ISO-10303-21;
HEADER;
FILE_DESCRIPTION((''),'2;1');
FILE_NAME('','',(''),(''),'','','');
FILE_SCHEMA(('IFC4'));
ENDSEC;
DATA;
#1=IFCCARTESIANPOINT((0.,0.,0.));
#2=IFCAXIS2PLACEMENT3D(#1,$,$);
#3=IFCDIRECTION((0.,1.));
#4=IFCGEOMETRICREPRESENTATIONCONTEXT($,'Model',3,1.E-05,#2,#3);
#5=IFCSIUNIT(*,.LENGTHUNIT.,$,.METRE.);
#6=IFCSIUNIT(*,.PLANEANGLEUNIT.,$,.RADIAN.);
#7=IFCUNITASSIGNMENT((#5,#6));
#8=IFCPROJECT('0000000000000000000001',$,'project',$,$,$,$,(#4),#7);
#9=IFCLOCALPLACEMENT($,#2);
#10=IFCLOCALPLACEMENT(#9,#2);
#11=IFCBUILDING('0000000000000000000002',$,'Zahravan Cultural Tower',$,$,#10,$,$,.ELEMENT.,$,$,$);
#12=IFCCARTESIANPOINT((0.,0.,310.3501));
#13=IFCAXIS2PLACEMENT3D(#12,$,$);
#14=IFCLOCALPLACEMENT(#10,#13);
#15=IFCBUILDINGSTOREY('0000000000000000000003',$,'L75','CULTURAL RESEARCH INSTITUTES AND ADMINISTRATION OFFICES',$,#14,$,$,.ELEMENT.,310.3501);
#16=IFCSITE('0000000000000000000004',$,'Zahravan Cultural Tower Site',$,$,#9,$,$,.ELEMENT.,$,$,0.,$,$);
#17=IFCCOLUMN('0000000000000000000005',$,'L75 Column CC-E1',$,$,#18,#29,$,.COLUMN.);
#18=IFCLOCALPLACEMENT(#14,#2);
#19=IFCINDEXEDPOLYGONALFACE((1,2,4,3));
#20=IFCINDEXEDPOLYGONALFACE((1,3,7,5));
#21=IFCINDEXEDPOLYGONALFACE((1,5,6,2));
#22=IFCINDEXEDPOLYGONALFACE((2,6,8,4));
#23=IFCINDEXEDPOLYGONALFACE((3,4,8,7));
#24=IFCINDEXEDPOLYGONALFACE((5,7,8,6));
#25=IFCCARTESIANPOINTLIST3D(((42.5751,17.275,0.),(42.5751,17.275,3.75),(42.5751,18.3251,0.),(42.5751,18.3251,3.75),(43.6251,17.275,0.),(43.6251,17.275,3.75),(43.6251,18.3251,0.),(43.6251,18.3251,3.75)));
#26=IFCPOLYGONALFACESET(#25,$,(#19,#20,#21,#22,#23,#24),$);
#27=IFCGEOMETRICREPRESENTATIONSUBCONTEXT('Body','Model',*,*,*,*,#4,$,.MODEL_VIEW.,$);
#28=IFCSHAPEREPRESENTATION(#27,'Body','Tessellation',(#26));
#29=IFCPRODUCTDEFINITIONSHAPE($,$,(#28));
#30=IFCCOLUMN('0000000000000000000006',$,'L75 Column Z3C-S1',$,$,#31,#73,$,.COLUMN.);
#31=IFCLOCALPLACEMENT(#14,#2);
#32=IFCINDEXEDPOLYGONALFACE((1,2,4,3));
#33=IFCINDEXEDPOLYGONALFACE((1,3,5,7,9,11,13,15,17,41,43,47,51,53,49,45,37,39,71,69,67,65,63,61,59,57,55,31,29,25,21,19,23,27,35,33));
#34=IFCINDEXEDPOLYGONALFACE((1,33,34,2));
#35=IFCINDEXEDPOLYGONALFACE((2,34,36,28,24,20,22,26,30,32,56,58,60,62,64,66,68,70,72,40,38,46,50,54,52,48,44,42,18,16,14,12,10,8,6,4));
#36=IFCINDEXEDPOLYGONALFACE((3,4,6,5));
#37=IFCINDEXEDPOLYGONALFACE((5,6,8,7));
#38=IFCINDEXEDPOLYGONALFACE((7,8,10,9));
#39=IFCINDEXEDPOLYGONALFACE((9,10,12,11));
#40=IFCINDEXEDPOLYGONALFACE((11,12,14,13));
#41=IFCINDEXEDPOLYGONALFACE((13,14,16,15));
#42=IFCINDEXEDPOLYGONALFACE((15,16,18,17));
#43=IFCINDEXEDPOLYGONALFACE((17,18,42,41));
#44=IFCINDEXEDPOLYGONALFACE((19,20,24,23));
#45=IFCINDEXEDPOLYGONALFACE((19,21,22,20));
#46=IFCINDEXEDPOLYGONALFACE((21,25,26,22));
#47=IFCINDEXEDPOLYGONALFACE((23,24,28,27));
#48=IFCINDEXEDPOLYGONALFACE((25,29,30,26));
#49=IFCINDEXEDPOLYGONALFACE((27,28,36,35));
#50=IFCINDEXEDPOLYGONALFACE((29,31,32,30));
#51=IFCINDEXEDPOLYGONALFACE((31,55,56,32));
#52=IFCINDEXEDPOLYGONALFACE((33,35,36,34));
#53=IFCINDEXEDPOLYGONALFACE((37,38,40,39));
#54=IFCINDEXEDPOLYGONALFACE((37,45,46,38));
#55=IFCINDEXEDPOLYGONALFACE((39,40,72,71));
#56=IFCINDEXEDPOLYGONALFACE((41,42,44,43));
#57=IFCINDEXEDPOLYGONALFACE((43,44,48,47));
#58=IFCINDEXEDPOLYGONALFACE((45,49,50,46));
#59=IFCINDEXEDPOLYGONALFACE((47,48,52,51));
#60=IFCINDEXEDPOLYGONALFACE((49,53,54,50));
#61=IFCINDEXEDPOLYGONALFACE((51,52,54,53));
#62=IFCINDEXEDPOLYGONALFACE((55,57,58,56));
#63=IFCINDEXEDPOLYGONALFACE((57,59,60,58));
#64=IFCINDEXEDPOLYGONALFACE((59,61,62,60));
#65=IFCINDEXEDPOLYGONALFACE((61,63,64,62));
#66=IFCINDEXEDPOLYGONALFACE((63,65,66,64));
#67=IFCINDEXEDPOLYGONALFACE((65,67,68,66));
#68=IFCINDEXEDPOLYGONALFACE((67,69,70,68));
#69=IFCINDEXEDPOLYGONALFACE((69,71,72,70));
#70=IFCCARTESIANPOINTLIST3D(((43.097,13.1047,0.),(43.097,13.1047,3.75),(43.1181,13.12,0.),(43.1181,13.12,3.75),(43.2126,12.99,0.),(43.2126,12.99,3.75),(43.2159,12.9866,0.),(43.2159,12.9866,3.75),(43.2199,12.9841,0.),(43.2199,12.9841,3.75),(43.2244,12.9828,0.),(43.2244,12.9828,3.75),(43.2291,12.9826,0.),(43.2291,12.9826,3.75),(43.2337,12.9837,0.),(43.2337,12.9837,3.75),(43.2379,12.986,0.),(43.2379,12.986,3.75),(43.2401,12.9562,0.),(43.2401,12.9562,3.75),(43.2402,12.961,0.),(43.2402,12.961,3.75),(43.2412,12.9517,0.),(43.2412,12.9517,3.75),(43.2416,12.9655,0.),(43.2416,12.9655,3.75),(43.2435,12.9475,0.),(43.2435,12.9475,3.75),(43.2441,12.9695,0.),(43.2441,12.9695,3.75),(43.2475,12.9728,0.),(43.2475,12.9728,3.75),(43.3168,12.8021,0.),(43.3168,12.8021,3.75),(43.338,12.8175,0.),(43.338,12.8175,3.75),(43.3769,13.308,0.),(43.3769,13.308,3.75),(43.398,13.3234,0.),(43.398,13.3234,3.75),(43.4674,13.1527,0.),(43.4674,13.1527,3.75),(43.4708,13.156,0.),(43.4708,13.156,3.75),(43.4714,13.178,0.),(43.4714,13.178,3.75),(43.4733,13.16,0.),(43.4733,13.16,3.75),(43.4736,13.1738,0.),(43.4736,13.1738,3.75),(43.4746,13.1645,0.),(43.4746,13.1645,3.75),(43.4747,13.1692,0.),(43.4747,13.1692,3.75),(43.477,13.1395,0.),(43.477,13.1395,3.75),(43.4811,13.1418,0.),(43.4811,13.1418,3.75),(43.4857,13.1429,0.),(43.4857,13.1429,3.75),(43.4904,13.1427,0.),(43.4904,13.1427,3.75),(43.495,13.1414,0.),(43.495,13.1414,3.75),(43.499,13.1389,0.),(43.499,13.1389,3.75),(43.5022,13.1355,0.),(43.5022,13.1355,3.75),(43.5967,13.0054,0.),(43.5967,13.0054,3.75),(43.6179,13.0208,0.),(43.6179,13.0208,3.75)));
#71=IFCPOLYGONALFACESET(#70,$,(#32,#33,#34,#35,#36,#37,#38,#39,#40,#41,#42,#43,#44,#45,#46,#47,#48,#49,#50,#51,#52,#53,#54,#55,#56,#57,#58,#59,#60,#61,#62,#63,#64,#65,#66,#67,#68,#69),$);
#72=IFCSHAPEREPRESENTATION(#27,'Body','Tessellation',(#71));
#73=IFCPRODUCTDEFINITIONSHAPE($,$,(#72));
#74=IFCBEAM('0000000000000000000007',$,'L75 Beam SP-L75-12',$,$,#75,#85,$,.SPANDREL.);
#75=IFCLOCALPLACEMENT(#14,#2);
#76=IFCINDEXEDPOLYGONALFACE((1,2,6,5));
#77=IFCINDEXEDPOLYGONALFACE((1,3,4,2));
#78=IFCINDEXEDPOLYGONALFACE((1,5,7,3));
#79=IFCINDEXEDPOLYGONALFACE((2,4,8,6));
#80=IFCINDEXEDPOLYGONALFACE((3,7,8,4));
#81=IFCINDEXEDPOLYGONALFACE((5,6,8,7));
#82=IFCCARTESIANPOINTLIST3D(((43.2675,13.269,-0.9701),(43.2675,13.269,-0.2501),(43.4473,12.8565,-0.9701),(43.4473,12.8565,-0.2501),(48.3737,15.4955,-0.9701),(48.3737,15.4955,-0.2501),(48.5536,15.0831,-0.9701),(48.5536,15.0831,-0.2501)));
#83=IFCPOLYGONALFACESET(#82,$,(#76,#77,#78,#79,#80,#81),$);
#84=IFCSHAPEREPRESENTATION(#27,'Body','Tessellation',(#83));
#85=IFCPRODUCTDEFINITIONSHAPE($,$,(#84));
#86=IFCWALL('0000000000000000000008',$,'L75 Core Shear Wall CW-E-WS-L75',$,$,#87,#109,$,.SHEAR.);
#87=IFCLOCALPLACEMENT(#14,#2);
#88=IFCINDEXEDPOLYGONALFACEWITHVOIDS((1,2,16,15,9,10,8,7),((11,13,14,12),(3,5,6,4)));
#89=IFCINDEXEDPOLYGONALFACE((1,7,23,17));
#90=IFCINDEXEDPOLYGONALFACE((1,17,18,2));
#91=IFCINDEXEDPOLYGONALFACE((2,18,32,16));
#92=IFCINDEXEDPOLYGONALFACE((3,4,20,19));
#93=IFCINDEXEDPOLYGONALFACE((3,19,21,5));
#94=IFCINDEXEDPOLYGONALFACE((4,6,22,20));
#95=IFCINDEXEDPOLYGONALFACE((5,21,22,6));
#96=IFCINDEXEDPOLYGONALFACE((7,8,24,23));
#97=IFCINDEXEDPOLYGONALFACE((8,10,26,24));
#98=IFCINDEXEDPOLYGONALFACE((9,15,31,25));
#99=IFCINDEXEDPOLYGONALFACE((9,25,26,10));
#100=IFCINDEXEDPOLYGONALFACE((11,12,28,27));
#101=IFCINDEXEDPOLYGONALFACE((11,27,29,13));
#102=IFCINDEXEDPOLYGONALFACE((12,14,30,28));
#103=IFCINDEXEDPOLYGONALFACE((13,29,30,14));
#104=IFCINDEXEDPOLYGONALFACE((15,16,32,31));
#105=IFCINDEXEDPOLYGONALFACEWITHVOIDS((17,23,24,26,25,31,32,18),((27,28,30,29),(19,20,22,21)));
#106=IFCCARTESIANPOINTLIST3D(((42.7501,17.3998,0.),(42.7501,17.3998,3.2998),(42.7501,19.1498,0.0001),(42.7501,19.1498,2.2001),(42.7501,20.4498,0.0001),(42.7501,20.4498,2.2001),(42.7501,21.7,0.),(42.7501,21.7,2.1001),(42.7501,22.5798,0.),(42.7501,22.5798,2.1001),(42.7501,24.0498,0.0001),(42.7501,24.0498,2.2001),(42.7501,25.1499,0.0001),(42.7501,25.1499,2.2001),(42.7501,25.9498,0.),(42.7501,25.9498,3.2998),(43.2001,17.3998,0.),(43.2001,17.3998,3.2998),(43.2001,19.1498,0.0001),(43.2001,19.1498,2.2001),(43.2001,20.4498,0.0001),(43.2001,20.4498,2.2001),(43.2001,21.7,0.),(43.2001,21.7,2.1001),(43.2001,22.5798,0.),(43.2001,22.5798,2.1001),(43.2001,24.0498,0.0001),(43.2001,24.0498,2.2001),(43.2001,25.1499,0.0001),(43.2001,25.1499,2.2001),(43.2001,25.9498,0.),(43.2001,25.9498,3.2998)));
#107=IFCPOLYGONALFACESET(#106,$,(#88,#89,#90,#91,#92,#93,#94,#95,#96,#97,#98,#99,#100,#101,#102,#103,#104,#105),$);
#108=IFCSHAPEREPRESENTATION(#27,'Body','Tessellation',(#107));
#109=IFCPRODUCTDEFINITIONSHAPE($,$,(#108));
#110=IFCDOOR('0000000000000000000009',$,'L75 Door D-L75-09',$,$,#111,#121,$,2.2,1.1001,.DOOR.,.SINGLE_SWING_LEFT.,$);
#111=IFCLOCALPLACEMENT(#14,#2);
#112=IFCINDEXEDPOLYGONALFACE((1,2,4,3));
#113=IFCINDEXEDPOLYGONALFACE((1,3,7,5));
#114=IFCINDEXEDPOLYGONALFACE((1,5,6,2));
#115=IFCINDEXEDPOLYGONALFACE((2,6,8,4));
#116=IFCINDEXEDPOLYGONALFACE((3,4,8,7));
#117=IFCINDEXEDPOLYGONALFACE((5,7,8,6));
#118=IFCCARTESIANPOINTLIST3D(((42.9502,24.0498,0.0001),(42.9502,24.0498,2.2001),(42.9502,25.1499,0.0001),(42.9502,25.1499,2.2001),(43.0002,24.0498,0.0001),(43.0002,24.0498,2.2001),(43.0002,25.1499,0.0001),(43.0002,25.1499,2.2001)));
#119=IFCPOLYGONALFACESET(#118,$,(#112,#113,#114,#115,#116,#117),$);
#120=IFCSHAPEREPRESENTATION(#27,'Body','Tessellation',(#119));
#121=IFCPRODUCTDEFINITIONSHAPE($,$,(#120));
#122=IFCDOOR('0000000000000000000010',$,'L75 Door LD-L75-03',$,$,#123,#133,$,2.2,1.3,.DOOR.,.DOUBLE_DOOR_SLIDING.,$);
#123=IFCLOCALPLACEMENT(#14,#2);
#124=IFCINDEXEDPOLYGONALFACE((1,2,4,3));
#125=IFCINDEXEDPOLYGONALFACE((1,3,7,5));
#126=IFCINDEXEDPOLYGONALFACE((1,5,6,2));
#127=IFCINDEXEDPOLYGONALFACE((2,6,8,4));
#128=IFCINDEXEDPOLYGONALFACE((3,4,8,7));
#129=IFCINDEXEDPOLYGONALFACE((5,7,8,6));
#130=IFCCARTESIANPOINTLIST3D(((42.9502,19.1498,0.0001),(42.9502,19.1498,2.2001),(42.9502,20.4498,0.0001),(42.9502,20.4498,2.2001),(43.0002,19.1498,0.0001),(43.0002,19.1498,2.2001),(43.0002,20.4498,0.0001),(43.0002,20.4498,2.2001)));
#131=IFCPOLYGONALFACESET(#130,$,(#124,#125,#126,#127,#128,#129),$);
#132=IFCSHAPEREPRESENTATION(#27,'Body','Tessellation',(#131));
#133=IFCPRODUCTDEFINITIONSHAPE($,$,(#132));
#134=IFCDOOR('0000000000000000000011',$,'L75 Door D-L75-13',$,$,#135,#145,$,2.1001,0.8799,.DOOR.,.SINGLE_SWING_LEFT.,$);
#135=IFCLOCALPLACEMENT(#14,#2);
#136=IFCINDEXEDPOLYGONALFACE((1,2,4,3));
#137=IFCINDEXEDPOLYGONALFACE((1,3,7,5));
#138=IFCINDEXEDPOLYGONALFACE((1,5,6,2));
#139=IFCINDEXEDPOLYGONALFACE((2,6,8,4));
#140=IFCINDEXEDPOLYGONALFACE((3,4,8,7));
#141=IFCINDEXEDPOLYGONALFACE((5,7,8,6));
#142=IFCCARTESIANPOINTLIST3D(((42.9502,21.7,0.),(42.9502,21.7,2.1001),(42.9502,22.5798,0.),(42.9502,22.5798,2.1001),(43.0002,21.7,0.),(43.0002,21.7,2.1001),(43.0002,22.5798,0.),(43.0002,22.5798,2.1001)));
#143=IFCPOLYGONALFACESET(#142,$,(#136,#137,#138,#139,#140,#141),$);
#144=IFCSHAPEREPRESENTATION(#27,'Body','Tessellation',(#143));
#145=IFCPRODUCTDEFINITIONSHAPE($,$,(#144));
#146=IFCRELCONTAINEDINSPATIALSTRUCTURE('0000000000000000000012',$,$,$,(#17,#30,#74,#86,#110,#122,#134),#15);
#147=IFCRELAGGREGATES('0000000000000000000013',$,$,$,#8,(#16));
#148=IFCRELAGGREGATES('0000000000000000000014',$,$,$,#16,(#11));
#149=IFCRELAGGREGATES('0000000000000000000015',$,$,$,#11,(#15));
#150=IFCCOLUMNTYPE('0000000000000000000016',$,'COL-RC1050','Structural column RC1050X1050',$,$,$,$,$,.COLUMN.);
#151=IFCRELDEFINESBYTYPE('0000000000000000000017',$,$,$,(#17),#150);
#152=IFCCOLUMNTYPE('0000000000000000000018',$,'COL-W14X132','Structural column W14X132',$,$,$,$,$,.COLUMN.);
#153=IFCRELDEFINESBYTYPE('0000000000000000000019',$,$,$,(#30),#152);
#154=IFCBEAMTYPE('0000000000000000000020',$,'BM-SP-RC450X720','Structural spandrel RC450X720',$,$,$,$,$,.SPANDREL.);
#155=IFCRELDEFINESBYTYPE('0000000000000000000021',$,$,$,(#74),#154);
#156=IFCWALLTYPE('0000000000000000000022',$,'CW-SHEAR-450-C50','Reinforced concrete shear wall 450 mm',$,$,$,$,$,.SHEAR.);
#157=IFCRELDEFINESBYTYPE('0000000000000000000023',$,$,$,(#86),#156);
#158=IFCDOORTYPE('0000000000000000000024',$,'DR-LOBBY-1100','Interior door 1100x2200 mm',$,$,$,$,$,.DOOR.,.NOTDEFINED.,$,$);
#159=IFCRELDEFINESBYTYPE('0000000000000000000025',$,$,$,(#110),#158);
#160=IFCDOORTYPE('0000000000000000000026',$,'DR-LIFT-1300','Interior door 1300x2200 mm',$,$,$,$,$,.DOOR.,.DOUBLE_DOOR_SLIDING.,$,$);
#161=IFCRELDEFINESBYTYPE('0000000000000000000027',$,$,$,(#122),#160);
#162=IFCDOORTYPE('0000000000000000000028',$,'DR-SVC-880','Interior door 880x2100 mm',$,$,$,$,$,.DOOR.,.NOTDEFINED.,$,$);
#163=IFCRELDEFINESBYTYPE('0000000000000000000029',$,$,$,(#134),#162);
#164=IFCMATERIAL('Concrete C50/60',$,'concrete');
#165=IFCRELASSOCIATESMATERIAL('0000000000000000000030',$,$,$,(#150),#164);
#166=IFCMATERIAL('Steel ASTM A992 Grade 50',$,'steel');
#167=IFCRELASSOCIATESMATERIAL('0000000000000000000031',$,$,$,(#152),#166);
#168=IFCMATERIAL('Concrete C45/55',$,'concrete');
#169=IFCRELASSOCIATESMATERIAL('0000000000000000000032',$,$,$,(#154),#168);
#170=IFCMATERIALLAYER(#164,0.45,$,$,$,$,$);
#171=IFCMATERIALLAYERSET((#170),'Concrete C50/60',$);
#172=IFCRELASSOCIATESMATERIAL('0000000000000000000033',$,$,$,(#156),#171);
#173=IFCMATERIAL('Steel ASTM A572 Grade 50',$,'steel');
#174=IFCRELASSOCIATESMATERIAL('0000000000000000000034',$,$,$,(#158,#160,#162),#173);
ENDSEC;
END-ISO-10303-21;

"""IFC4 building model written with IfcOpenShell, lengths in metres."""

from ifc_helpers import new_model, si_unit, direction, frame, frame_2d, origin, origin_2d, place, context, subcontext, project, spatial, rectangle, i_section, extrude, source, transform, mapped, material, layer, layer_set, material_profile, profile_set, type_object, element, fill, save


model = new_model("IFC4")

# Units and contexts
model_context = context("Model", 3, precision=1e-05, world=origin(), true_north=direction((0.0, 1.0)))
body_context = subcontext(model_context, "Body", "Model", "MODEL_VIEW")
ifc_project = project(units=[si_unit("LENGTHUNIT", "METRE"), si_unit("PLANEANGLEUNIT", "RADIAN")], contexts=[model_context])

# Site, building, storey
site_placement = place(None, origin())
site = spatial("IfcSite", under=ifc_project, at=site_placement, Name="Zahravan Cultural Tower Site", CompositionType="ELEMENT", RefElevation=0.0)
building_placement = place(site_placement, origin())
building = spatial("IfcBuilding", under=site, at=building_placement, Name="Zahravan Cultural Tower", CompositionType="ELEMENT")
storey_placement = place(building_placement, frame((0.0, 0.0, 310.3501)))
storey = spatial("IfcBuildingStorey", under=building, at=storey_placement, Name="L75", Description="CULTURAL RESEARCH INSTITUTES AND ADMINISTRATION OFFICES", CompositionType="ELEMENT", Elevation=310.3501)

# Columns
ifc_material_1 = material(Name="Concrete C50/60", Category="concrete")
ifc_material_profile_1 = material_profile(ifc_material_1, rectangle(XDim=1.05, YDim=1.05, at=origin_2d()), Name="RC1050X1050")
ifc_profile_set_1 = profile_set([ifc_material_profile_1], Name="Concrete C50/60")
column_type_1 = type_object("IfcColumnType", Name="COL-RC1050", Description="Structural column RC1050X1050", PredefinedType="COLUMN", material=ifc_profile_set_1)
shared_shape_1 = source(origin(), body_context, "Body", "SweptSolid", [
    extrude(rectangle(XDim=1.05, YDim=1.05, at=origin_2d()), origin(), (0.0, 0.0, 1.0), 3.75),
])
column_1_placement = place(storey_placement, frame((43.1001, 17.8, 0.0), z_axis=(0.0, 0.0, 1.0), x_axis=(1.0, 0.0, 0.0)))
element("IfcColumn", 1, at=column_1_placement, inside=storey, type_object=column_type_1, Name="L75 Column CC-E1", PredefinedType="COLUMN", context=body_context, shape_type="MappedRepresentation", body=[
    mapped(shared_shape_1, transform((0.0, 0.0, 0.0), x_axis=(1.0, 0.0, 0.0), y_axis=(0.0, 1.0, 0.0), z_axis=(0.0, 0.0, 1.0), scale=1.0)),
])
ifc_material_2 = material(Name="Steel ASTM A992 Grade 50", Category="steel")
ifc_material_profile_2 = material_profile(ifc_material_2, i_section(OverallWidth=0.374, OverallDepth=0.3721, WebThickness=0.0164, FlangeThickness=0.0261, FilletRadius=0.0181, at=origin_2d()), Name="W14X132")
ifc_profile_set_2 = profile_set([ifc_material_profile_2], Name="Steel ASTM A992 Grade 50")
column_type_2 = type_object("IfcColumnType", Name="COL-W14X132", Description="Structural column W14X132", PredefinedType="COLUMN", material=ifc_profile_set_2)
shared_shape_2 = source(origin(), body_context, "Body", "SweptSolid", [
    extrude(i_section(OverallWidth=0.374, OverallDepth=0.3721, WebThickness=0.0164, FlangeThickness=0.0261, FilletRadius=0.0181, at=origin_2d()), origin(), (0.0, 0.0, 1.0), 3.75),
])
column_2_placement = place(storey_placement, frame((43.3574, 13.0627, 0.0), z_axis=(0.0, 0.0, 1.0), x_axis=(-0.587785, 0.809017, 0.0)))
element("IfcColumn", 2, at=column_2_placement, inside=storey, type_object=column_type_2, Name="L75 Column Z3C-S1", PredefinedType="COLUMN", context=body_context, shape_type="MappedRepresentation", body=[
    mapped(shared_shape_2, transform((0.0, 0.0, 0.0), x_axis=(1.0, 0.0, 0.0), y_axis=(0.0, 1.0, 0.0), z_axis=(0.0, 0.0, 1.0), scale=1.0)),
])

# Beam
ifc_material_3 = material(Name="Concrete C45/55", Category="concrete")
ifc_material_profile_3 = material_profile(ifc_material_3, rectangle(XDim=0.45, YDim=0.72, at=origin_2d()), Name="RC450X720")
ifc_profile_set_3 = profile_set([ifc_material_profile_3], Name="Concrete C45/55")
beam_type = type_object("IfcBeamType", Name="BM-SP-RC450X720", Description="Structural spandrel RC450X720", PredefinedType="SPANDREL", material=ifc_profile_set_3)
shared_shape_3 = source(origin(), body_context, "Body", "SweptSolid", [
    extrude(rectangle(XDim=0.45, YDim=0.72, at=origin_2d()), origin(), (0.0, 0.0, 1.0), 5.5706),
])
beam_placement = place(storey_placement, frame((43.3574, 13.0627, -0.6101), z_axis=(0.916645, 0.399703, 0.0), x_axis=(-0.399703, 0.916645, 0.0)))
element("IfcBeam", 3, at=beam_placement, inside=storey, type_object=beam_type, Name="L75 Beam SP-L75-12", PredefinedType="SPANDREL", context=body_context, shape_type="MappedRepresentation", body=[
    mapped(shared_shape_3, transform((0.0, 0.0, 0.0), x_axis=(1.0, 0.0, 0.0), y_axis=(0.0, 1.0, 0.0), z_axis=(0.0, 0.0, 1.0), scale=1.0)),
])

# Wall, openings, doors
ifc_layer_1 = layer(ifc_material_1, 0.45)
ifc_layer_set_1 = layer_set([ifc_layer_1], Name="Concrete C50/60")
wall_type_1 = type_object("IfcWallType", Name="CW-SHEAR-450-C50", Description="Reinforced concrete shear wall 450 mm", PredefinedType="SHEAR", material=ifc_layer_set_1)
wall_1_placement = place(storey_placement, frame((42.9751, 17.3999, 0.0), z_axis=(0.0, 0.0, 1.0), x_axis=(0.0, 1.0, 0.0)))
wall_1 = element("IfcWall", 4, at=wall_1_placement, inside=storey, type_object=wall_type_1, Name="L75 Core Shear Wall CW-E-WS-L75", PredefinedType="SHEAR", context=body_context, shape_type="SweptSolid", body=[
    extrude(rectangle(XDim=8.55, YDim=0.45, at=frame_2d((4.2749, 0.0))), origin(), (0.0, 0.0, 1.0), 3.2998),
])
opening_1_placement = place(wall_1_placement, frame((6.6499, 0.0, 0.0)))
opening_1 = element("IfcOpeningElement", 5, at=opening_1_placement, cuts=wall_1, PredefinedType="OPENING", context=body_context, shape_type="SweptSolid", body=[
    extrude(rectangle(XDim=1.1001, YDim=2.2, at=frame_2d((0.55, 1.1001))), frame((0.0, 0.2349, 0.0), z_axis=(0.0, -1.0, 0.0), x_axis=(1.0, 0.0, 0.0)), (0.0, 0.0, 1.0), 0.47),
])
opening_2_placement = place(wall_1_placement, frame((1.75, 0.0, 0.0)))
opening_2 = element("IfcOpeningElement", 6, at=opening_2_placement, cuts=wall_1, PredefinedType="OPENING", context=body_context, shape_type="SweptSolid", body=[
    extrude(rectangle(XDim=1.3, YDim=2.2, at=frame_2d((0.6499, 1.1001))), frame((0.0, 0.2349, 0.0), z_axis=(0.0, -1.0, 0.0), x_axis=(1.0, 0.0, 0.0)), (0.0, 0.0, 1.0), 0.47),
])
opening_3_placement = place(wall_1_placement, frame((4.3, 0.0, 0.0)))
opening_3 = element("IfcOpeningElement", 7, at=opening_3_placement, cuts=wall_1, PredefinedType="OPENING", context=body_context, shape_type="SweptSolid", body=[
    extrude(rectangle(XDim=0.8799, YDim=2.1001, at=frame_2d((0.4399, 1.05))), frame((0.0, 0.2349, 0.0), z_axis=(0.0, -1.0, 0.0), x_axis=(1.0, 0.0, 0.0)), (0.0, 0.0, 1.0), 0.47),
])
ifc_material_4 = material(Name="Steel ASTM A572 Grade 50", Category="steel")
door_type_1 = type_object("IfcDoorType", Name="DR-LOBBY-1100", Description="Interior door 1100x2200 mm", OperationType="NOTDEFINED", PredefinedType="DOOR", material=ifc_material_4)
shared_shape_4 = source(origin(), body_context, "Body", "SweptSolid", [
    extrude(rectangle(XDim=1.1001, YDim=2.2, at=frame_2d((0.55, 1.1001))), frame((0.0, 0.0249, 0.0), z_axis=(0.0, -1.0, 0.0), x_axis=(1.0, 0.0, 0.0)), (0.0, 0.0, 1.0), 0.05),
])
door_1_placement = place(opening_1_placement, origin())
door_1 = element("IfcDoor", 8, at=door_1_placement, inside=storey, type_object=door_type_1, Name="L75 Door D-L75-09", OperationType="SINGLE_SWING_LEFT", OverallHeight=2.2, OverallWidth=1.1001, PredefinedType="DOOR", context=body_context, shape_type="MappedRepresentation", body=[
    mapped(shared_shape_4, transform((0.0, 0.0, 0.0), x_axis=(1.0, 0.0, 0.0), y_axis=(0.0, 1.0, 0.0), z_axis=(0.0, 0.0, 1.0), scale=1.0)),
])
fill(opening_1, door_1)
door_type_2 = type_object("IfcDoorType", Name="DR-LIFT-1300", Description="Interior door 1300x2200 mm", OperationType="DOUBLE_DOOR_SLIDING", PredefinedType="DOOR", material=ifc_material_4)
shared_shape_5 = source(origin(), body_context, "Body", "SweptSolid", [
    extrude(rectangle(XDim=1.3, YDim=2.2, at=frame_2d((0.6499, 1.1001))), frame((0.0, 0.0249, 0.0), z_axis=(0.0, -1.0, 0.0), x_axis=(1.0, 0.0, 0.0)), (0.0, 0.0, 1.0), 0.05),
])
door_2_placement = place(opening_2_placement, origin())
door_2 = element("IfcDoor", 9, at=door_2_placement, inside=storey, type_object=door_type_2, Name="L75 Door LD-L75-03", OperationType="DOUBLE_DOOR_SLIDING", OverallHeight=2.2, OverallWidth=1.3, PredefinedType="DOOR", context=body_context, shape_type="MappedRepresentation", body=[
    mapped(shared_shape_5, transform((0.0, 0.0, 0.0), x_axis=(1.0, 0.0, 0.0), y_axis=(0.0, 1.0, 0.0), z_axis=(0.0, 0.0, 1.0), scale=1.0)),
])
fill(opening_2, door_2)
door_type_3 = type_object("IfcDoorType", Name="DR-SVC-880", Description="Interior door 880x2100 mm", OperationType="NOTDEFINED", PredefinedType="DOOR", material=ifc_material_4)
shared_shape_6 = source(origin(), body_context, "Body", "SweptSolid", [
    extrude(rectangle(XDim=0.8799, YDim=2.1001, at=frame_2d((0.4399, 1.05))), frame((0.0, 0.0249, 0.0), z_axis=(0.0, -1.0, 0.0), x_axis=(1.0, 0.0, 0.0)), (0.0, 0.0, 1.0), 0.05),
])
door_3_placement = place(opening_3_placement, origin())
door_3 = element("IfcDoor", 10, at=door_3_placement, inside=storey, type_object=door_type_3, Name="L75 Door D-L75-13", OperationType="SINGLE_SWING_LEFT", OverallHeight=2.1001, OverallWidth=0.8799, PredefinedType="DOOR", context=body_context, shape_type="MappedRepresentation", body=[
    mapped(shared_shape_6, transform((0.0, 0.0, 0.0), x_axis=(1.0, 0.0, 0.0), y_axis=(0.0, 1.0, 0.0), z_axis=(0.0, 0.0, 1.0), scale=1.0)),
])
fill(opening_3, door_3)

save(model, "model.ifc")
